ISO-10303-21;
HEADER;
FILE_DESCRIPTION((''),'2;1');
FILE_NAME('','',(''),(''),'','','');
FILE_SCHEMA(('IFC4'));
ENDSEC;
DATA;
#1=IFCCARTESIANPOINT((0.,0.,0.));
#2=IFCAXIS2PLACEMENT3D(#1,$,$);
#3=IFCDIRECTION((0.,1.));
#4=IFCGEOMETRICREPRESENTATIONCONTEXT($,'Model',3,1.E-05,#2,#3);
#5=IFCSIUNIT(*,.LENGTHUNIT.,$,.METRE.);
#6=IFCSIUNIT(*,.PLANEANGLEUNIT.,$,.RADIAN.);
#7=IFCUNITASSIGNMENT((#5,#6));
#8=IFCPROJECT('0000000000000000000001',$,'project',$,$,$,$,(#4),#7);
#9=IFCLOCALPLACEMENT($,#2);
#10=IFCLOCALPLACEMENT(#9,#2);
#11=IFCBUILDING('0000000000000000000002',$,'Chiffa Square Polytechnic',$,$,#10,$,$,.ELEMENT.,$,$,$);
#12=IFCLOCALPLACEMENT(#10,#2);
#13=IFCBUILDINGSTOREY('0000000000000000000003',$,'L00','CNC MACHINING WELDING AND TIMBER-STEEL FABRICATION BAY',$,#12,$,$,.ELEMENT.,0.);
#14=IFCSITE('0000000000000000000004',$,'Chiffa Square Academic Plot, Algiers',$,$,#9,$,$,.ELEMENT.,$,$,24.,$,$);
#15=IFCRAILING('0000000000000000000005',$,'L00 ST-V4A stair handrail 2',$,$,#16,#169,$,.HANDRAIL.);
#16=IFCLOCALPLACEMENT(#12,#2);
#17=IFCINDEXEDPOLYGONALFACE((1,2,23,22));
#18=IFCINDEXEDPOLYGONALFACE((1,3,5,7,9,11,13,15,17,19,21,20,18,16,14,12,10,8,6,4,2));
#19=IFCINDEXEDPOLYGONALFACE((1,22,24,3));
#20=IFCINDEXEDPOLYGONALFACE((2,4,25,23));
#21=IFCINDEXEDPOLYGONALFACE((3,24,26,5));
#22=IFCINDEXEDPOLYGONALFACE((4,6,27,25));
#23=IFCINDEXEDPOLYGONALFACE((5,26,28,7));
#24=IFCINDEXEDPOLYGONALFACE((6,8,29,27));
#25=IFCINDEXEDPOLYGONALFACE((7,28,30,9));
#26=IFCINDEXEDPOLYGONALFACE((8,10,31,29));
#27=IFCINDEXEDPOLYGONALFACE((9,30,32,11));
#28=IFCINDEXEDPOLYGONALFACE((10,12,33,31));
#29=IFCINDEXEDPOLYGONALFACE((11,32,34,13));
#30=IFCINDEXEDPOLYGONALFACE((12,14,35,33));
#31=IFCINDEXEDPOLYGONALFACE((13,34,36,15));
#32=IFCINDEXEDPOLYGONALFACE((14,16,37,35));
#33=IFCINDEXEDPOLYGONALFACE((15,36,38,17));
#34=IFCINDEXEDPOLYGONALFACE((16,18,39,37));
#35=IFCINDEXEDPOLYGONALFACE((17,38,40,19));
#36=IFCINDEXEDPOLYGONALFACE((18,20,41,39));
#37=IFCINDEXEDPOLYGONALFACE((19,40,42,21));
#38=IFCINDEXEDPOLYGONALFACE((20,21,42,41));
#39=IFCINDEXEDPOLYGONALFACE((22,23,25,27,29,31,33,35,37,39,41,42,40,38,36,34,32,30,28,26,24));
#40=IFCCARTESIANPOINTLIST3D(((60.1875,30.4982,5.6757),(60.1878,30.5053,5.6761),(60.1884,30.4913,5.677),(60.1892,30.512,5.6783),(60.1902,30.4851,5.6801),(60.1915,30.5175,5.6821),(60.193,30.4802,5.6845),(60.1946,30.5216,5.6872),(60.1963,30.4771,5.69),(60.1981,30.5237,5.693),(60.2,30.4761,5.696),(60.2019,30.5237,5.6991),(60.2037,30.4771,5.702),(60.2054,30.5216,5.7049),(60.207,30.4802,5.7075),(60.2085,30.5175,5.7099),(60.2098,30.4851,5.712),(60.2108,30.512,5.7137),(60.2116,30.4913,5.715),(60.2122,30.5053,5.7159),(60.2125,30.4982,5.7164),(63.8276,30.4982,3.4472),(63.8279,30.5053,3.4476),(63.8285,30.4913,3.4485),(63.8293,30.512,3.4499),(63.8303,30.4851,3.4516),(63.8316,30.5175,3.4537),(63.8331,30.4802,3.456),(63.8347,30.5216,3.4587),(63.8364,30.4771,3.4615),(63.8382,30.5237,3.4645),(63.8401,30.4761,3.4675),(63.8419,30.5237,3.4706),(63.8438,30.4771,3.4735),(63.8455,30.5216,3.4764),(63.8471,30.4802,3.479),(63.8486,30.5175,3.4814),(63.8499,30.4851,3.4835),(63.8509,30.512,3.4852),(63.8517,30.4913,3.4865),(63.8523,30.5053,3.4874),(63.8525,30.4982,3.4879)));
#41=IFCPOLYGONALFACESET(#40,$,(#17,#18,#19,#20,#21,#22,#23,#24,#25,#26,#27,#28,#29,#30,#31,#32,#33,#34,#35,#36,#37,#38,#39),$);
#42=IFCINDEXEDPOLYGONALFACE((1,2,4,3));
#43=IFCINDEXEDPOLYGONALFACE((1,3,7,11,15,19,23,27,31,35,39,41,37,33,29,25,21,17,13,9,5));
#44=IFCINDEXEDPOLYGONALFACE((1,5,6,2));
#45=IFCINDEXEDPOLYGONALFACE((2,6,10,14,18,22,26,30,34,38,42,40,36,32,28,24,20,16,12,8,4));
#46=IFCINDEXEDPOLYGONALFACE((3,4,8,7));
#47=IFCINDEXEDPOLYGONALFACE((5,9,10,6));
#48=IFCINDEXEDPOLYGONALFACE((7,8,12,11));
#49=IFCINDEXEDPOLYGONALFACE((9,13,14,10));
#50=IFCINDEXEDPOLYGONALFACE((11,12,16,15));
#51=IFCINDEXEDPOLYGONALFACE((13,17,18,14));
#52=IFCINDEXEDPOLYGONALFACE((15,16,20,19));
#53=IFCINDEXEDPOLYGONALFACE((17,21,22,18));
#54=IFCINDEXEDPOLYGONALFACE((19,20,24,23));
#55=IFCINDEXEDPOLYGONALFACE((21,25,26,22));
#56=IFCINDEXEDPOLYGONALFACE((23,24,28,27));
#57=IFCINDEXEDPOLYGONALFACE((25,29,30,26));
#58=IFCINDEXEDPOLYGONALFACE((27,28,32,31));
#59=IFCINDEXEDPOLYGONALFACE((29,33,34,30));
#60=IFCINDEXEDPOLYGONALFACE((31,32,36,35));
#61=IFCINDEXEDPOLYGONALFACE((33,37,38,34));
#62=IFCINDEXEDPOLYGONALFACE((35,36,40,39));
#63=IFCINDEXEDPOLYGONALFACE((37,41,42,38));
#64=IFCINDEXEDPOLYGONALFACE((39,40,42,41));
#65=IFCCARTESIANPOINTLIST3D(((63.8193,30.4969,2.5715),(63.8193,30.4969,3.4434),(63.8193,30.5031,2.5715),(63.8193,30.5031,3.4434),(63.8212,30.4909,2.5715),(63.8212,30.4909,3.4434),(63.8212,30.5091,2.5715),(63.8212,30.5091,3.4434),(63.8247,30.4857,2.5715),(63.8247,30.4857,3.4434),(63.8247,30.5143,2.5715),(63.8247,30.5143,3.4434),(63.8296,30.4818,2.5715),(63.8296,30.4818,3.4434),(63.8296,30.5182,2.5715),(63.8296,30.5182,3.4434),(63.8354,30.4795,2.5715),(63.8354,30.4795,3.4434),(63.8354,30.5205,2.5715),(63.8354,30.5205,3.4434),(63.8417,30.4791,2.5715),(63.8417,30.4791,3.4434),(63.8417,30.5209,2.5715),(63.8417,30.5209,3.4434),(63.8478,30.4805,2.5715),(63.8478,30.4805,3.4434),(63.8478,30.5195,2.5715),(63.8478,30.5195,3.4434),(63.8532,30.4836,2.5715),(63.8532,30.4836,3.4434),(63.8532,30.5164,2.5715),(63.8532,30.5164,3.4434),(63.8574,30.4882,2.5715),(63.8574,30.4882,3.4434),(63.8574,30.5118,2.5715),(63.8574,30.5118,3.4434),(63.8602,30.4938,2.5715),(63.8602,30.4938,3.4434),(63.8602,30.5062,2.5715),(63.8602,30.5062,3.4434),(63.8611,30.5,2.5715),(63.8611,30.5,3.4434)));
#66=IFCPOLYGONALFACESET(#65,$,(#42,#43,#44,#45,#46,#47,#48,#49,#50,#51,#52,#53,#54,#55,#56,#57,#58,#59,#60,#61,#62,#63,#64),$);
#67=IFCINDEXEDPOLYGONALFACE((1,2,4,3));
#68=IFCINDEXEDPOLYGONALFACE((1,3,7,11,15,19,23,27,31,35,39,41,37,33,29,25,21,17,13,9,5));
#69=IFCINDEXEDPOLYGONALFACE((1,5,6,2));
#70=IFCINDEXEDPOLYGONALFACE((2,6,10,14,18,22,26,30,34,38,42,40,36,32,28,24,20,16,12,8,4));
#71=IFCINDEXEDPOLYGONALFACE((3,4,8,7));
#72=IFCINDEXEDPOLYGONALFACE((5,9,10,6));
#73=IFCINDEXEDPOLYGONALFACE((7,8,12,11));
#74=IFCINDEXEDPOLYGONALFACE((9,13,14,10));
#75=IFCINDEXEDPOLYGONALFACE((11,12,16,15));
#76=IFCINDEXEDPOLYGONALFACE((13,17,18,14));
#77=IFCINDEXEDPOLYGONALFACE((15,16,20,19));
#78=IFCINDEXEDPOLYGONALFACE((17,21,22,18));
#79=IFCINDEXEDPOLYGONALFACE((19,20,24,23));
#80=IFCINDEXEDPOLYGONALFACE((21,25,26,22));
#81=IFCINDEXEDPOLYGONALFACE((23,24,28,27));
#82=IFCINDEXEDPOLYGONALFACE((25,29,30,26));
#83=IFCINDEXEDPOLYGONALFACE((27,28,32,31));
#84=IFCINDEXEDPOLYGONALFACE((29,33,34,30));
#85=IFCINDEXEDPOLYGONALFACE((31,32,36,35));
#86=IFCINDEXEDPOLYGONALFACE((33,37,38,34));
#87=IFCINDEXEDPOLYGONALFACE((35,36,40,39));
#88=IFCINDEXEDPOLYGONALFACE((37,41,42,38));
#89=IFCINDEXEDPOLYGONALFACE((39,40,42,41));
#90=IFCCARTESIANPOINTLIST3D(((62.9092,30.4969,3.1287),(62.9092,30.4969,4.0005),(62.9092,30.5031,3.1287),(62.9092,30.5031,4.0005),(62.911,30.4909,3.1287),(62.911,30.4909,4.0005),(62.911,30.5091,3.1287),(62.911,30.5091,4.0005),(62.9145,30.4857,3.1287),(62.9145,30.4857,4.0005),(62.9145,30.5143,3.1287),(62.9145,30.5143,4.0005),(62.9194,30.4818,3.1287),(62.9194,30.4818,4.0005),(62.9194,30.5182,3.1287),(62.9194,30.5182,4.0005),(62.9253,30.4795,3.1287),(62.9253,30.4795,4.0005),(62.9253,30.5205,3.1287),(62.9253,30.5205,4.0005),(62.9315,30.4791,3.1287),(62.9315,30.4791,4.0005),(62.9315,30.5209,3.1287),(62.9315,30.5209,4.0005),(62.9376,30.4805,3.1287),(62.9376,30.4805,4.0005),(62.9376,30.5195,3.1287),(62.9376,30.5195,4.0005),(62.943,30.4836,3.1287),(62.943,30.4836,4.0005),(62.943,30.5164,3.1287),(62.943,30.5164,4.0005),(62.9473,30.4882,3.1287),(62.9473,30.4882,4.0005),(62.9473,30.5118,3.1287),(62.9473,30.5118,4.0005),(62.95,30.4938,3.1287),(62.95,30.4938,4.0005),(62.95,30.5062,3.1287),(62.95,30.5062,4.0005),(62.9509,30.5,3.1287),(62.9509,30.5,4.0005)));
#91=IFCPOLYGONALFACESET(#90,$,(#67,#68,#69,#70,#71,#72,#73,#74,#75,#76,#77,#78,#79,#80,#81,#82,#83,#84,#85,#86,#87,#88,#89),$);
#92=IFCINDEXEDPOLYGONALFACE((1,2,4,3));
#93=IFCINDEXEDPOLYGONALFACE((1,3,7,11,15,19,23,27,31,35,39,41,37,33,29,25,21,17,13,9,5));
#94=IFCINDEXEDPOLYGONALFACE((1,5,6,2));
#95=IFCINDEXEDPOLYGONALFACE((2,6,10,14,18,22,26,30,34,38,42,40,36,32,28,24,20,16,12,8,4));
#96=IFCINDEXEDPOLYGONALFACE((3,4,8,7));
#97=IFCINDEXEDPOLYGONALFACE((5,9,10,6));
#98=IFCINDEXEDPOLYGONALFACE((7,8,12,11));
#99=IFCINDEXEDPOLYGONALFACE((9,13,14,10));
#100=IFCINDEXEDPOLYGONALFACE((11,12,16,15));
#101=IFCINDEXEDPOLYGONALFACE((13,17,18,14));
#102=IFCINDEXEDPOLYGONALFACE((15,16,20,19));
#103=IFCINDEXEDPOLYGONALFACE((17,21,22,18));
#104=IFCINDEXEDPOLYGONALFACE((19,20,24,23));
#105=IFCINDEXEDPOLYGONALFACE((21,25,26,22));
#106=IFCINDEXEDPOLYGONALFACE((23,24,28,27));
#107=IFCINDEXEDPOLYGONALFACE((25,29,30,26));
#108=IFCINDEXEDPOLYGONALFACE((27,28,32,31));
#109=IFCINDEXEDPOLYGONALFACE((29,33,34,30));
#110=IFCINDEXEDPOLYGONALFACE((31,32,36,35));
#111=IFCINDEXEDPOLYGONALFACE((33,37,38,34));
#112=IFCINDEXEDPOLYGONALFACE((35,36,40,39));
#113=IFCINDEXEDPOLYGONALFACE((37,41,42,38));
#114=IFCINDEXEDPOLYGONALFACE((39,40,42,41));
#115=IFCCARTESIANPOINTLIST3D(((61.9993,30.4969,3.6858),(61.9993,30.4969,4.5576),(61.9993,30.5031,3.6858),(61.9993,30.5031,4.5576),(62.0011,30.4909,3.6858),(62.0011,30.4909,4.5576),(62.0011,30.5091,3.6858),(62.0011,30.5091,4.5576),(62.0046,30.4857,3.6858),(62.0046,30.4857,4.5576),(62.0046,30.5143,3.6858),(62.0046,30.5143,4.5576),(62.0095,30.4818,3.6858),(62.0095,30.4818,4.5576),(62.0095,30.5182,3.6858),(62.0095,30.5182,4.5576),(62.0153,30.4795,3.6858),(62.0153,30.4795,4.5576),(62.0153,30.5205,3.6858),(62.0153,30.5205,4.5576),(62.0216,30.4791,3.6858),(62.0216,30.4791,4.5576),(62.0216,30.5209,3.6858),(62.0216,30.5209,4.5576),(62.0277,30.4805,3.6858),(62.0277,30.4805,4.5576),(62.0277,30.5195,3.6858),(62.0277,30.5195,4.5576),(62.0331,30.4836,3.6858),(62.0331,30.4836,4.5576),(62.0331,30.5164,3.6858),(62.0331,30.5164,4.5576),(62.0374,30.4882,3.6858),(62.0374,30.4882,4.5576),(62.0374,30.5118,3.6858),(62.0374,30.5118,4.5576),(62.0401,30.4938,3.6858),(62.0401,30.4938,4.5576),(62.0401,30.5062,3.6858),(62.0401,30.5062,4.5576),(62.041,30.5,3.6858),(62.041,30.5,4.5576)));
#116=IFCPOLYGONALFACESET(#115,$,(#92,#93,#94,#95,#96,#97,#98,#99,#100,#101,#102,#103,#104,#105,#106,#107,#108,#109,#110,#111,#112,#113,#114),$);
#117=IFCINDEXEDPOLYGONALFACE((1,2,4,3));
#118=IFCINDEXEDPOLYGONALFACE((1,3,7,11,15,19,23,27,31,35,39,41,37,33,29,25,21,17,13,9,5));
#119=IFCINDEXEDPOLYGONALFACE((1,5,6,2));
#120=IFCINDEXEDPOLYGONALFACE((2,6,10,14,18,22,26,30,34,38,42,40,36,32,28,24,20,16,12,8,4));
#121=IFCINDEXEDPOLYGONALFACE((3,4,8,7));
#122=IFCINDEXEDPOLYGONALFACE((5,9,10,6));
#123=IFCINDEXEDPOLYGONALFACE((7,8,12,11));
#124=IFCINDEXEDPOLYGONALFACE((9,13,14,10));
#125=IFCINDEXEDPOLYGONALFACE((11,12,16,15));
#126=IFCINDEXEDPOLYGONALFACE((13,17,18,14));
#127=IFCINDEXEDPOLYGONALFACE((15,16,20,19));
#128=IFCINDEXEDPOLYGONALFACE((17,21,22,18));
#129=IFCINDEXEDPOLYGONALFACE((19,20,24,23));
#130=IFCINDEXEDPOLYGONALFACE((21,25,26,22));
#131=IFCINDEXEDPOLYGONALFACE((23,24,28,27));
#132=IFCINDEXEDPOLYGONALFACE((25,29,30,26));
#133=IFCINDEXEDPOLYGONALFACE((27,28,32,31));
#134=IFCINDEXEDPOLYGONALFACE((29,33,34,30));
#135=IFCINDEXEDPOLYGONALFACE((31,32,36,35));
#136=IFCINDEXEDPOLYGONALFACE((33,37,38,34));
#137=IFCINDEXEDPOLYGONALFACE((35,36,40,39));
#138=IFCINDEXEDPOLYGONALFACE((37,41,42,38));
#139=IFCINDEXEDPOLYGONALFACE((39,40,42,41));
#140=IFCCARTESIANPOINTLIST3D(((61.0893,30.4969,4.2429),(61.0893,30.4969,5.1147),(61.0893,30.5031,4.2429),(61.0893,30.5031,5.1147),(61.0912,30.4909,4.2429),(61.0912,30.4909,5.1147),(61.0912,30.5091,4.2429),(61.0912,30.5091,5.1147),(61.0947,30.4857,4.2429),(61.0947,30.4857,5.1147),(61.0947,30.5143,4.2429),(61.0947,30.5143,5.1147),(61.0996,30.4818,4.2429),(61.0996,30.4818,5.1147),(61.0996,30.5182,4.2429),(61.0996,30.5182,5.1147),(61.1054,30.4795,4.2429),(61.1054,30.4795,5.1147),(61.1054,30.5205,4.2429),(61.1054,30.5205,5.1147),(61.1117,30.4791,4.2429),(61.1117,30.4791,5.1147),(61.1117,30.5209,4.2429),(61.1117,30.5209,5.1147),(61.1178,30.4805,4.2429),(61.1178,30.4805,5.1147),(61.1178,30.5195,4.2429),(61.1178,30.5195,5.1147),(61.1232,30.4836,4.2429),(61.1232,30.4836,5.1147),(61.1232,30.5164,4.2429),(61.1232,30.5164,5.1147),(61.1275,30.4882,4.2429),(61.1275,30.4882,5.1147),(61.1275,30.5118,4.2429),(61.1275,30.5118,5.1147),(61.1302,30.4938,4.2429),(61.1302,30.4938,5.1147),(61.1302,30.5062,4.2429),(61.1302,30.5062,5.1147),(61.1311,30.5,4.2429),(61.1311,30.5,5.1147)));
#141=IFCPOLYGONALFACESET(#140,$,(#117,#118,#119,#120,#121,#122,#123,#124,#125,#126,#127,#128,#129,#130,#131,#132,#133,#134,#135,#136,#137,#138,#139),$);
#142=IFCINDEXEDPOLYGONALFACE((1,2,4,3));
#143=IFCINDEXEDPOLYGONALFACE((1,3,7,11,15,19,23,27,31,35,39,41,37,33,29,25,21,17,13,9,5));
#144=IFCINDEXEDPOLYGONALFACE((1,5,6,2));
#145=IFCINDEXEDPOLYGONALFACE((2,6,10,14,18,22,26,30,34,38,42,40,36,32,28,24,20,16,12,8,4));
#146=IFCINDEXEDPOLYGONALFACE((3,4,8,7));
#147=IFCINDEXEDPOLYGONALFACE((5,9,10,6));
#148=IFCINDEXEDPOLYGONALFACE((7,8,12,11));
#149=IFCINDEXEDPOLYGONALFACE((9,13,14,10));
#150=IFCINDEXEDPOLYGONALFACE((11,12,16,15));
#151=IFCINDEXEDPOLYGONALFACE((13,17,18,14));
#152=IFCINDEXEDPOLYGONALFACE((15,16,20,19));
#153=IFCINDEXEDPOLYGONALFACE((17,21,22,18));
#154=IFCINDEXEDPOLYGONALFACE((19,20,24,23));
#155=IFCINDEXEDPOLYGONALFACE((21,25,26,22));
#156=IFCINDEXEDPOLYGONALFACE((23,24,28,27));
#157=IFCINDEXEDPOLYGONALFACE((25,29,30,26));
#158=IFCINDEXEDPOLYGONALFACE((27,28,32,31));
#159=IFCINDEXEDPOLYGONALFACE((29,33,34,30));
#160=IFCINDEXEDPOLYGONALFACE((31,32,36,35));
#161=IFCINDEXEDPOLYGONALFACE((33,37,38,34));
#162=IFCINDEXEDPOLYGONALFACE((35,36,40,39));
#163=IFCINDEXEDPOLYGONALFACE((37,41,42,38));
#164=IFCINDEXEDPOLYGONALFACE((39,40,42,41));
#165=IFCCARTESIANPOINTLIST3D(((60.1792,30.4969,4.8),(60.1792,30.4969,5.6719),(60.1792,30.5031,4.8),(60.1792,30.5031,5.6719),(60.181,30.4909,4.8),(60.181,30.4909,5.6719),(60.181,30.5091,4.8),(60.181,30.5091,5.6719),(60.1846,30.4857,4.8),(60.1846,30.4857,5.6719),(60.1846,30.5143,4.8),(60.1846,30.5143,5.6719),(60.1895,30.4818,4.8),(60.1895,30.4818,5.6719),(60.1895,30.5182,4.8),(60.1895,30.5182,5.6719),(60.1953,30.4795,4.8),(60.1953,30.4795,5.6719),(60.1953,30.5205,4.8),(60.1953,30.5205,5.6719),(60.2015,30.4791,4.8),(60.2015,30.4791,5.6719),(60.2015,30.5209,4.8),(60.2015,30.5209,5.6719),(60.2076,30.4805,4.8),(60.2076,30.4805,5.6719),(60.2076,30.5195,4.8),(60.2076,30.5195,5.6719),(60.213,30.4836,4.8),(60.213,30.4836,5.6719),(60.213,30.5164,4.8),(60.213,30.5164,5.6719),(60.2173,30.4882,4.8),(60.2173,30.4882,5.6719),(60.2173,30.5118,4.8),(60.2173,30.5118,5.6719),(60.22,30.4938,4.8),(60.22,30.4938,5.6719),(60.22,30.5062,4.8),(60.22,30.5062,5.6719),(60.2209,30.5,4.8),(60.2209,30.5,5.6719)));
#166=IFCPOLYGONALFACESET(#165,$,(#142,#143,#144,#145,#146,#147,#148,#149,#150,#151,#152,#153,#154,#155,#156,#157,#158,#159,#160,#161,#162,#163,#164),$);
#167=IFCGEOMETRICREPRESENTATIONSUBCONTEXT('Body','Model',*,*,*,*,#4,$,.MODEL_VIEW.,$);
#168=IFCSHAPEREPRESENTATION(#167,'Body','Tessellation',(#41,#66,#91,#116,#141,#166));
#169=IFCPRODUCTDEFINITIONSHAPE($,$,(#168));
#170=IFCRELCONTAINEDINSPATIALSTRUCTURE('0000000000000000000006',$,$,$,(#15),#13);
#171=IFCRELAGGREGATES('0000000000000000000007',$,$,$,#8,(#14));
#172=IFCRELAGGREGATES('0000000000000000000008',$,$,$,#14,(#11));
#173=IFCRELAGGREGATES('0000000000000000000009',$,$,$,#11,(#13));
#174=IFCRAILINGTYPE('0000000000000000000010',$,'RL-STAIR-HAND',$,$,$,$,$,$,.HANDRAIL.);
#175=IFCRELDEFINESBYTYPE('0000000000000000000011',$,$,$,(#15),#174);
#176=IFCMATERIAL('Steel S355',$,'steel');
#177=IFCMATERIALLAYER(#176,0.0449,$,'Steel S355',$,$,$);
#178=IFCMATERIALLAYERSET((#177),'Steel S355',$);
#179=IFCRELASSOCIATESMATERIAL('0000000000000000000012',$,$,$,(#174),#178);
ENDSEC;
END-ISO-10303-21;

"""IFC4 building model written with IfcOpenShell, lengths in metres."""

from ifc_helpers import new_model, si_unit, direction, frame, origin, origin_2d, place, context, subcontext, project, spatial, circle, extrude, material, layer, layer_set, type_object, element, save


model = new_model("IFC4")

# Units and contexts
model_context = context("Model", 3, precision=1e-05, world=origin(), true_north=direction((0.0, 1.0)))
body_context = subcontext(model_context, "Body", "Model", "MODEL_VIEW")
ifc_project = project(units=[si_unit("LENGTHUNIT", "METRE"), si_unit("PLANEANGLEUNIT", "RADIAN")], contexts=[model_context])

# Site, building, storey
site_placement = place(None, origin())
site = spatial("IfcSite", under=ifc_project, at=site_placement, Name="Chiffa Square Academic Plot, Algiers", CompositionType="ELEMENT", RefElevation=24.0)
building_placement = place(site_placement, origin())
building = spatial("IfcBuilding", under=site, at=building_placement, Name="Chiffa Square Polytechnic", CompositionType="ELEMENT")
storey_placement = place(building_placement, origin())
storey = spatial("IfcBuildingStorey", under=building, at=storey_placement, Name="L00", Description="CNC MACHINING WELDING AND TIMBER-STEEL FABRICATION BAY", CompositionType="ELEMENT", Elevation=0.0)

# Railing
ifc_material_1 = material(Name="Steel S355", Category="steel")
ifc_layer_1 = layer(ifc_material_1, 0.0449, Name="Steel S355")
ifc_layer_set_1 = layer_set([ifc_layer_1], Name="Steel S355")
railing_type_1 = type_object("IfcRailingType", Name="RL-STAIR-HAND", PredefinedType="HANDRAIL", material=ifc_layer_set_1)
railing_1_placement = place(storey_placement, frame((63.8401, 30.5, 2.5715)))
element("IfcRailing", 1, at=railing_1_placement, inside=storey, type_object=railing_type_1, Name="L00 ST-V4A stair handrail 2", PredefinedType="HANDRAIL", context=body_context, shape_type="SweptSolid", body=[
    extrude(circle(Radius=0.0239, at=origin_2d()), frame((0.0, 0.0, 0.896), z_axis=(-0.852866, 0.0, 0.52213), x_axis=(0.0, -1.0, 0.0)), (0.0, 0.0, 1.0), 4.2681),
    extrude(circle(Radius=0.021, at=origin_2d()), origin(), (0.0, 0.0, 1.0), 0.8718),
    extrude(circle(Radius=0.021, at=origin_2d()), frame((-0.9102, 0.0, 0.5571)), (0.0, 0.0, 1.0), 0.8718),
    extrude(circle(Radius=0.021, at=origin_2d()), frame((-1.8201, 0.0, 1.1143)), (0.0, 0.0, 1.0), 0.8718),
    extrude(circle(Radius=0.021, at=origin_2d()), frame((-2.73, 0.0, 1.6714)), (0.0, 0.0, 1.0), 0.8718),
    extrude(circle(Radius=0.021, at=origin_2d()), frame((-3.6401, 0.0, 2.2285)), (0.0, 0.0, 1.0), 0.8718),
])

save(model, "model.ifc")
